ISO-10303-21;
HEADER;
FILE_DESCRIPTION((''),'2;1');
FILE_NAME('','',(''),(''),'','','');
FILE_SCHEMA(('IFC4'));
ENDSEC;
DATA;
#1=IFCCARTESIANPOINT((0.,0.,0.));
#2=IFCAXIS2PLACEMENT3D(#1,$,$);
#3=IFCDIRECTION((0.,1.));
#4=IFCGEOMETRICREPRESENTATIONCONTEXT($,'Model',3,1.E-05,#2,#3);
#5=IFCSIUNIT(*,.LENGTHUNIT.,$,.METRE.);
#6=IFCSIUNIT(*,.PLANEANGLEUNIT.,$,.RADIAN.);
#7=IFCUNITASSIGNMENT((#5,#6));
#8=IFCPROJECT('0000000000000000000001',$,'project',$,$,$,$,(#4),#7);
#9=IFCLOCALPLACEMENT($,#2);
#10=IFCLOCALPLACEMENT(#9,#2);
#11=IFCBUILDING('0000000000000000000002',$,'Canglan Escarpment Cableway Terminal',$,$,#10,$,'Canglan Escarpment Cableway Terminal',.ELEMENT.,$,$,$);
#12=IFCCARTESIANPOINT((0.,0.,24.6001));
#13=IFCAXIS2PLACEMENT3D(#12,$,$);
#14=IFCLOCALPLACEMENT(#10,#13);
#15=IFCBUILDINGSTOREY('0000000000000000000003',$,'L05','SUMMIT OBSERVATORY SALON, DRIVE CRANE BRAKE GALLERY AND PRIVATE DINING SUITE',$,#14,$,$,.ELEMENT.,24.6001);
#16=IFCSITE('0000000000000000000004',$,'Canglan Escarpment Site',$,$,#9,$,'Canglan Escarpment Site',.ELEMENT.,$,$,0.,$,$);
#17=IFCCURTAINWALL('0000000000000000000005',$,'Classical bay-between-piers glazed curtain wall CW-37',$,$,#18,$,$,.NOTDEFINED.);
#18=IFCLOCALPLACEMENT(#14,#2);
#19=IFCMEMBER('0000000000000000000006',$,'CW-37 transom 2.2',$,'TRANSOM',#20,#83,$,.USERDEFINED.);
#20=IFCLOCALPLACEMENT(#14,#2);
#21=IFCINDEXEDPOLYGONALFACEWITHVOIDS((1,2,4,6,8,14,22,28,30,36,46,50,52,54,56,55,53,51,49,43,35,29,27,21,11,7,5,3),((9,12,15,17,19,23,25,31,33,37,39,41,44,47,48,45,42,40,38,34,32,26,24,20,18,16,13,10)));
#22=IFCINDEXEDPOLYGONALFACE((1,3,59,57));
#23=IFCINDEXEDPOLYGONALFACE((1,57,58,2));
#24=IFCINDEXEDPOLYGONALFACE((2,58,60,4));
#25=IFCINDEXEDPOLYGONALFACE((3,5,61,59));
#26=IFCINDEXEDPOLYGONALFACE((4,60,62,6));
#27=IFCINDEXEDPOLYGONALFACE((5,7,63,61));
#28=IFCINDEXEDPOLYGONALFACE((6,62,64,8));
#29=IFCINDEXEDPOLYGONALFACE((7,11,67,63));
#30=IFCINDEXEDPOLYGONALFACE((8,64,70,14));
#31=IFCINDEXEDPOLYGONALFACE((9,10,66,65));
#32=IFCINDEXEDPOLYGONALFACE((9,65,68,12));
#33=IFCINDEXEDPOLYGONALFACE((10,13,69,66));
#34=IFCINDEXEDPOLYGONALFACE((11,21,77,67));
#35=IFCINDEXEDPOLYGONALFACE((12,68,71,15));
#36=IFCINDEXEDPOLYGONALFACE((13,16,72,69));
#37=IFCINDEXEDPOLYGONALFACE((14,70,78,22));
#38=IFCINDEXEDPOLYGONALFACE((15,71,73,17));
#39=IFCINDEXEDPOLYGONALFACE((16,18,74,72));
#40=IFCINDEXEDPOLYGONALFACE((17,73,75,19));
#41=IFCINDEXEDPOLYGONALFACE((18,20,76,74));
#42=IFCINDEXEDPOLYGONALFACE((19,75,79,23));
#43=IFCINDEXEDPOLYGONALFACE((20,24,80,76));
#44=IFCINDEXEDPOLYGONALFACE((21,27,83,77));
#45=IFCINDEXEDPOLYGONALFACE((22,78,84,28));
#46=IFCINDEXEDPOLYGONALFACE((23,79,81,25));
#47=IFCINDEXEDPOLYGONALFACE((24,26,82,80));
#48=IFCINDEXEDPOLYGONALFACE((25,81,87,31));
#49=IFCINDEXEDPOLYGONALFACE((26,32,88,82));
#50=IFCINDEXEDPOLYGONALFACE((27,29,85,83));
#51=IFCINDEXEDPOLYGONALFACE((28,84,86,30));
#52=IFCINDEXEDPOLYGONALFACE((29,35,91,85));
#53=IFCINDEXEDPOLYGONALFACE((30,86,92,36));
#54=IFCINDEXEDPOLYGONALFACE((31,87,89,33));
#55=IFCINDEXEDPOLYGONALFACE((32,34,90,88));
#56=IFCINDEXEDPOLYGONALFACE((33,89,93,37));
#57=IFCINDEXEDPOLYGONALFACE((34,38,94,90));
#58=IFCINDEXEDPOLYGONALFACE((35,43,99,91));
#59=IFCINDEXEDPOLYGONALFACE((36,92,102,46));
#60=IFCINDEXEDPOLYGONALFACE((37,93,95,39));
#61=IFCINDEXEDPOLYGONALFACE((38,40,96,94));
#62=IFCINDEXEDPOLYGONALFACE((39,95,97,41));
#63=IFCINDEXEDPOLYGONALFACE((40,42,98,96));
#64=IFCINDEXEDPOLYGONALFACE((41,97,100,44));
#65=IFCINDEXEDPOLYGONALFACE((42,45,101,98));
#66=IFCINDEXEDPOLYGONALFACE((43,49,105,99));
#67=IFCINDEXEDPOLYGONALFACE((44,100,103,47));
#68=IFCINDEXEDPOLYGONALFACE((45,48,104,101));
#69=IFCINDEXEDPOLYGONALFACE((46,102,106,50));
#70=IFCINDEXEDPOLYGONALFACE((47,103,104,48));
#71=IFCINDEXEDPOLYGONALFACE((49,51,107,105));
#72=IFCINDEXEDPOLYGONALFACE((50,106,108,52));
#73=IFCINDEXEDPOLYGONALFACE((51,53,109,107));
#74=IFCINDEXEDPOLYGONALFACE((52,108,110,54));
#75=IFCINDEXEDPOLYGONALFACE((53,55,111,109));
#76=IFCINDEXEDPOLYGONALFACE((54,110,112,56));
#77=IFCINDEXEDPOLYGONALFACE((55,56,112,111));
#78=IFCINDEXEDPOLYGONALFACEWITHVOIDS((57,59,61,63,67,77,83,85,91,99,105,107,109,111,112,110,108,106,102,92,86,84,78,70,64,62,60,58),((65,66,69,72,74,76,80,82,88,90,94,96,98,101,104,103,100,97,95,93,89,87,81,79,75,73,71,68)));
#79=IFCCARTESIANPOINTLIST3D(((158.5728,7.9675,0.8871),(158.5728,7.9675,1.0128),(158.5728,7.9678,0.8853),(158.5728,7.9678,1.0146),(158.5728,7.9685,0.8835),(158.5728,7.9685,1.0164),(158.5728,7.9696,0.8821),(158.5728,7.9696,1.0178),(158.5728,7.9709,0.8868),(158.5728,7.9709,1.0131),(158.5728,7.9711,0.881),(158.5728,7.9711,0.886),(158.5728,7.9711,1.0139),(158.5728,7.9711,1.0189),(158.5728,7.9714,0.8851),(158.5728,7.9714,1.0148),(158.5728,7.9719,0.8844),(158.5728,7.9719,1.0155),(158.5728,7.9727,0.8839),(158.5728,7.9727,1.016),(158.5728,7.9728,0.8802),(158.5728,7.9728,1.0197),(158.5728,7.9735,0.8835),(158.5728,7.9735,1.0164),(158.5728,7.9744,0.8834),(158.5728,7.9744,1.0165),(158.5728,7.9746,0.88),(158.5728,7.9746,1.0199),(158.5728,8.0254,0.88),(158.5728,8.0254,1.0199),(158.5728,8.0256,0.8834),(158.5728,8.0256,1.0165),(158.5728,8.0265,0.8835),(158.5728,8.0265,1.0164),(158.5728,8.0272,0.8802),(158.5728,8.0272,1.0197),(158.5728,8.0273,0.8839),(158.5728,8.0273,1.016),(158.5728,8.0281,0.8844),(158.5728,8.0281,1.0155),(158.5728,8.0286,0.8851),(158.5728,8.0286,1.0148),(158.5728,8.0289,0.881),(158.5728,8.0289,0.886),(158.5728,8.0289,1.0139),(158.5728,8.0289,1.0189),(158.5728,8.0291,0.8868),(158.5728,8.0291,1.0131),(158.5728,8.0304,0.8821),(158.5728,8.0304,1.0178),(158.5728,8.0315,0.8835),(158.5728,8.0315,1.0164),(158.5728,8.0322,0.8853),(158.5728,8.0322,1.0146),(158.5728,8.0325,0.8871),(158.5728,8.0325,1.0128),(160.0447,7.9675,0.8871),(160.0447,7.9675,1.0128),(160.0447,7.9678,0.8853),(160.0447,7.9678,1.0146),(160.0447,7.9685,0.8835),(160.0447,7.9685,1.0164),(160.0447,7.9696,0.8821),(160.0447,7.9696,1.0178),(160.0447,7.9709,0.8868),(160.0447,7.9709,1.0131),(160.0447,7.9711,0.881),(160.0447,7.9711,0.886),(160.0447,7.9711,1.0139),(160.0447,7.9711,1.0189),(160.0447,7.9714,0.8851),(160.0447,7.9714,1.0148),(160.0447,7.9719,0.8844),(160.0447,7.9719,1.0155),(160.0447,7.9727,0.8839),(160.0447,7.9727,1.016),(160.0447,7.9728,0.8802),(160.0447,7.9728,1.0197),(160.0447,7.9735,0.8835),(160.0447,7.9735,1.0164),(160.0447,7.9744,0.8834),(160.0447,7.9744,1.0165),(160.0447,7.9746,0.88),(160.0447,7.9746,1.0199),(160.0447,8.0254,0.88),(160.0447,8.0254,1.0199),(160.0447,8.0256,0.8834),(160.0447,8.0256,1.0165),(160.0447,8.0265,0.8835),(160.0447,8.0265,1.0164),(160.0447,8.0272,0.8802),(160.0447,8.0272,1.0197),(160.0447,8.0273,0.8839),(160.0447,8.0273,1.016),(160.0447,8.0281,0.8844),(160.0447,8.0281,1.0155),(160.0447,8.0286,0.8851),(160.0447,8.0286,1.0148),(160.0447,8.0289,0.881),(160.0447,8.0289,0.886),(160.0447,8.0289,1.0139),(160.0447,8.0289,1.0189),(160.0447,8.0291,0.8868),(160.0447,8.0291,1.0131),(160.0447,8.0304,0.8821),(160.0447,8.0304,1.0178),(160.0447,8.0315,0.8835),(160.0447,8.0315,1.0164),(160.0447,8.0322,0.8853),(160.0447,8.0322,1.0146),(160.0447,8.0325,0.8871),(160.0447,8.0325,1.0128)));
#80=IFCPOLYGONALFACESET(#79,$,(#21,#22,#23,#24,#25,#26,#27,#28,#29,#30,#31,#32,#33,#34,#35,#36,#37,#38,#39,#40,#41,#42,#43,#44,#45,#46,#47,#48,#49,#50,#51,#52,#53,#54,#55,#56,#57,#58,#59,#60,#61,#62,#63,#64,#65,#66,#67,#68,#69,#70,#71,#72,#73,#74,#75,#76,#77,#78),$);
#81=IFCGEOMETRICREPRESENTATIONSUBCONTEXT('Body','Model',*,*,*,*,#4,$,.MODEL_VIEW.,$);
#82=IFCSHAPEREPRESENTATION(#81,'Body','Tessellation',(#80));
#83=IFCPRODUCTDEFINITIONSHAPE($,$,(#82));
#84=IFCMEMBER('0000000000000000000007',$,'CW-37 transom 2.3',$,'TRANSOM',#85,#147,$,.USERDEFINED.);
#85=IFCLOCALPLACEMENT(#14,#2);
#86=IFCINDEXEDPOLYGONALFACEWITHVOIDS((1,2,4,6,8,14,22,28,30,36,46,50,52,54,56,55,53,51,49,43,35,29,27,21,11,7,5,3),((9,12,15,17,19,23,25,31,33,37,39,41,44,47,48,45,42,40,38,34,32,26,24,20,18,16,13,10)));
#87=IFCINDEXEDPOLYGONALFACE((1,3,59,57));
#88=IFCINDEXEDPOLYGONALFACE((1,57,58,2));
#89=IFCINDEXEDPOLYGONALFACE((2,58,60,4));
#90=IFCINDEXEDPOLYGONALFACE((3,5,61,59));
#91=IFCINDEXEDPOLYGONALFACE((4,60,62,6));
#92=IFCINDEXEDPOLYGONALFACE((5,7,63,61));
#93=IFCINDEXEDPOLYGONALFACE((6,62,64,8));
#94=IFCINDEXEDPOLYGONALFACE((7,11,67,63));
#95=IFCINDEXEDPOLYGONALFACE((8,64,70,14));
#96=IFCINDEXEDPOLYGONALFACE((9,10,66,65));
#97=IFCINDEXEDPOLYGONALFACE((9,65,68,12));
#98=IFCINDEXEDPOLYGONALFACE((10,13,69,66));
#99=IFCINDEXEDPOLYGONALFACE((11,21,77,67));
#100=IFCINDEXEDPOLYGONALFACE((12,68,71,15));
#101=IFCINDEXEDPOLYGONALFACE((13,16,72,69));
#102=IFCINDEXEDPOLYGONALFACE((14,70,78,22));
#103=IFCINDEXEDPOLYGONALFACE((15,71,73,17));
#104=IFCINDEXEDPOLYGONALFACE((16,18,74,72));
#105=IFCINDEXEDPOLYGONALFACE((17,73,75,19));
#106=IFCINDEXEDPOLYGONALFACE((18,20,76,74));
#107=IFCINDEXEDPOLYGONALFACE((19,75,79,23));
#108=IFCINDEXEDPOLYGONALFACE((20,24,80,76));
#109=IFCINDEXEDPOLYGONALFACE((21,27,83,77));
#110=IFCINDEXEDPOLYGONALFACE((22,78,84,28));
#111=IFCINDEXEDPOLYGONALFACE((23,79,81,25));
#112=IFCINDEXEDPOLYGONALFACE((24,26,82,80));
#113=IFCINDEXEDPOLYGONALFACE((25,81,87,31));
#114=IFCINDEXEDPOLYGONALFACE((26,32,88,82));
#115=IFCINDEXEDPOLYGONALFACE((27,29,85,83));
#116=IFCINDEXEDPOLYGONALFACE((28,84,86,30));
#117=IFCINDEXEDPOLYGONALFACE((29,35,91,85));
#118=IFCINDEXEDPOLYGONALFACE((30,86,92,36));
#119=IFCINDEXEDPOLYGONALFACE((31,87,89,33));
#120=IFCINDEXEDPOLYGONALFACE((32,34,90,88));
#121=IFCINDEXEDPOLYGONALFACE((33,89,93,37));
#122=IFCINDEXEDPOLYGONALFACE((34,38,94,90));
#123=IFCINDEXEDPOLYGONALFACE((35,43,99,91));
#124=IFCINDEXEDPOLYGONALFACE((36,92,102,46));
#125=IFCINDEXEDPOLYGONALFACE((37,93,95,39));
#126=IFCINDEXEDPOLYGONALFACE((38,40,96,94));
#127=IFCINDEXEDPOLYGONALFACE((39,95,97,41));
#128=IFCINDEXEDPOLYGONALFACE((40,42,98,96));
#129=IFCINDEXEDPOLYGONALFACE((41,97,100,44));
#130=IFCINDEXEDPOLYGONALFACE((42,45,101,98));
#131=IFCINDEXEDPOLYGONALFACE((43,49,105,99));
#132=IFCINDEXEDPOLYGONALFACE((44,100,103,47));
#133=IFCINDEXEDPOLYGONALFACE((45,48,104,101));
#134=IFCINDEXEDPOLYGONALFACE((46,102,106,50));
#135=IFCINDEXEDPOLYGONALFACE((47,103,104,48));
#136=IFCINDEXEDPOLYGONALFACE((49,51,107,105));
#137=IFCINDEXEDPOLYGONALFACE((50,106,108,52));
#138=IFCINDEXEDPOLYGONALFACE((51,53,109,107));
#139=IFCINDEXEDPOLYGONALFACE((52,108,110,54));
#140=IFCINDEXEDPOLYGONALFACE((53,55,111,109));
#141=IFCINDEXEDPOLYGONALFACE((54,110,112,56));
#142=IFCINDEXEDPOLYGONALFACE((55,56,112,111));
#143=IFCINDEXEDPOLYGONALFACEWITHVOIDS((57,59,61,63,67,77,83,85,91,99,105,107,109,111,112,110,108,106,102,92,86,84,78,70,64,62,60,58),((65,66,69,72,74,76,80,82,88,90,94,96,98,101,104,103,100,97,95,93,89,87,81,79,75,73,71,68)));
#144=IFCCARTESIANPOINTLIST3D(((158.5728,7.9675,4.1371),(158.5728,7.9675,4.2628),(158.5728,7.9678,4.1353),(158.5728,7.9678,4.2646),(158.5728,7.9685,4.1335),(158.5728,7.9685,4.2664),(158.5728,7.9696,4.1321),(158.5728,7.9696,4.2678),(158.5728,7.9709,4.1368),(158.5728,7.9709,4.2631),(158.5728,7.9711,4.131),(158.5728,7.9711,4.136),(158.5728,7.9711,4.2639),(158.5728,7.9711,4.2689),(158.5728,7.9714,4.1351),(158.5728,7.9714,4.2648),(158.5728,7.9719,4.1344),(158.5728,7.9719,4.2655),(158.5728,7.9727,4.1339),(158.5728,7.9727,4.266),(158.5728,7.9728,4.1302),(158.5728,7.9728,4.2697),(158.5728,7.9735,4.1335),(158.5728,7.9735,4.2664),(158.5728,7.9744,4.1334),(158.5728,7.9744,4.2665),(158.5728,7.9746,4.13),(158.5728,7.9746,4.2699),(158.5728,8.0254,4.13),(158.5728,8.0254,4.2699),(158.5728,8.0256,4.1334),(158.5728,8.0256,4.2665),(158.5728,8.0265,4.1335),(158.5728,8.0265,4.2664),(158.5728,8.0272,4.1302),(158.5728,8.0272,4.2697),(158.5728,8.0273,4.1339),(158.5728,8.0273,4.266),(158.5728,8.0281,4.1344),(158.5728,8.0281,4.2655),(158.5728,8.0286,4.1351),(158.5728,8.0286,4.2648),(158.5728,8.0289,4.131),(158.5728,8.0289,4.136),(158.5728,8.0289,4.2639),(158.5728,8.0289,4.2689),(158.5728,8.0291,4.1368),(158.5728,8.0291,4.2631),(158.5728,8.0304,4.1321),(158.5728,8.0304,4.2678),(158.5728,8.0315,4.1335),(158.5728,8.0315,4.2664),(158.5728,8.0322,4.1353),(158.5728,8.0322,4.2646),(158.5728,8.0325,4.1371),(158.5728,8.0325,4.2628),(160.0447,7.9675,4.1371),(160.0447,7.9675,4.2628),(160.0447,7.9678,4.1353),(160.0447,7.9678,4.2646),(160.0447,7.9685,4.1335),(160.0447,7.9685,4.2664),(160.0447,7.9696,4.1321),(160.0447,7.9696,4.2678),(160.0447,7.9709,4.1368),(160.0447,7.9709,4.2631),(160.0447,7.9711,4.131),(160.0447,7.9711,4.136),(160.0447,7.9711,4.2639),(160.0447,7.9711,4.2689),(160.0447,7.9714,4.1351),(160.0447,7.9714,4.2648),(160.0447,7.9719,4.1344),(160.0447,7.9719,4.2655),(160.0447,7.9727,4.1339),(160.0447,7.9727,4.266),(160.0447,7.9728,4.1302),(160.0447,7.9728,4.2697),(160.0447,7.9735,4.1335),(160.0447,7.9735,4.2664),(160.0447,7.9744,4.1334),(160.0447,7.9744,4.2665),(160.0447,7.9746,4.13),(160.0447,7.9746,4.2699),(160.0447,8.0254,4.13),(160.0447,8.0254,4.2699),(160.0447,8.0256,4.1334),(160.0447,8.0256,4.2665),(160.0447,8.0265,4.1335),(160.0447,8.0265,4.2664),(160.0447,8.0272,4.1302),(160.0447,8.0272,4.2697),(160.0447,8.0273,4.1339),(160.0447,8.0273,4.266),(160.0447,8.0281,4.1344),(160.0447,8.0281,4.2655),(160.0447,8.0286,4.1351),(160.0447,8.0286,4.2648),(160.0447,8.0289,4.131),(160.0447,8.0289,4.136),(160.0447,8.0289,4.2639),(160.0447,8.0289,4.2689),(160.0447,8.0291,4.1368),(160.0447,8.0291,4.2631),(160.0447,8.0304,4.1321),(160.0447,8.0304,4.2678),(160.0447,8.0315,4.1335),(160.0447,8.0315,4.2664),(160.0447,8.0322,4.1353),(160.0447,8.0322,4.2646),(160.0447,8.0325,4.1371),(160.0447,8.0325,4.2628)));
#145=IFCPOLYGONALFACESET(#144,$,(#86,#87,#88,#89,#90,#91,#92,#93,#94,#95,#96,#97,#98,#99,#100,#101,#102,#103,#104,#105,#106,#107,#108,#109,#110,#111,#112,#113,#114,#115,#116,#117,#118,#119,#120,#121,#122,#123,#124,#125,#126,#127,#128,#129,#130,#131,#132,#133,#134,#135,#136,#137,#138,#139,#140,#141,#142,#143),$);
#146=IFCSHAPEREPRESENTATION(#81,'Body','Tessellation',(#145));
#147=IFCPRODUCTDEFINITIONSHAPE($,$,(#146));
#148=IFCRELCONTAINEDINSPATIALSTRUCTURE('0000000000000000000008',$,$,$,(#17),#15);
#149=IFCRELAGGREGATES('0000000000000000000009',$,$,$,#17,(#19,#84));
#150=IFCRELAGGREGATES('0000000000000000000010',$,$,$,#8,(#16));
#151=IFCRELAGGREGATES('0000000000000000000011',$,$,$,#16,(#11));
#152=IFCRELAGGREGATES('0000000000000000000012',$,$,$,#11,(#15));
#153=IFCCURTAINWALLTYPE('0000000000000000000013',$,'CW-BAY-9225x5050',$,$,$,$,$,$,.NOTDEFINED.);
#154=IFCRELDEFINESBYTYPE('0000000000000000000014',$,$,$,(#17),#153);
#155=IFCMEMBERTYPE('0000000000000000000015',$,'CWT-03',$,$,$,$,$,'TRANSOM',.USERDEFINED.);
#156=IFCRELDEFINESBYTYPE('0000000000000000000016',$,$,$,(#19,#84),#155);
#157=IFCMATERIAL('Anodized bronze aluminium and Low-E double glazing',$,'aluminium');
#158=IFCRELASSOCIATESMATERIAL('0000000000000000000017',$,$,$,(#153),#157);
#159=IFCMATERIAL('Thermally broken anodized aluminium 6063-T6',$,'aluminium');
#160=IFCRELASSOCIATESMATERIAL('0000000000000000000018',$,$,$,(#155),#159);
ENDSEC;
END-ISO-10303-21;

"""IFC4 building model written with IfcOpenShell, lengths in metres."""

from ifc_helpers import new_model, si_unit, direction, frame, origin, origin_2d, place, context, subcontext, project, spatial, hollow_rectangle, extrude, material, material_profile, profile_set, type_object, element, aggregate, save


model = new_model("IFC4")

# Units and contexts
model_context = context("Model", 3, precision=1e-05, world=origin(), true_north=direction((0.0, 1.0)))
body_context = subcontext(model_context, "Body", "Model", "MODEL_VIEW")
ifc_project = project(units=[si_unit("LENGTHUNIT", "METRE"), si_unit("PLANEANGLEUNIT", "RADIAN")], contexts=[model_context])

# Site, building, storey
site_placement = place(None, origin())
site = spatial("IfcSite", under=ifc_project, at=site_placement, Name="Canglan Escarpment Site", LongName="Canglan Escarpment Site", CompositionType="ELEMENT", RefElevation=0.0)
building_placement = place(site_placement, origin())
building = spatial("IfcBuilding", under=site, at=building_placement, Name="Canglan Escarpment Cableway Terminal", LongName="Canglan Escarpment Cableway Terminal", CompositionType="ELEMENT")
storey_placement = place(building_placement, frame((0.0, 0.0, 24.6001)))
storey = spatial("IfcBuildingStorey", under=building, at=storey_placement, Name="L05", Description="SUMMIT OBSERVATORY SALON, DRIVE CRANE BRAKE GALLERY AND PRIVATE DINING SUITE", CompositionType="ELEMENT", Elevation=24.6001)

# Curtain wall
ifc_material_1 = material(Name="Anodized bronze aluminium and Low-E double glazing", Category="aluminium")
curtain_wall_type = type_object("IfcCurtainWallType", Name="CW-BAY-9225x5050", PredefinedType="NOTDEFINED", material=ifc_material_1)
ifc_material_2 = material(Name="Thermally broken anodized aluminium 6063-T6", Category="aluminium")
curtain_wall_1_placement = place(storey_placement, origin())
curtain_wall_1 = element("IfcCurtainWall", 1, at=curtain_wall_1_placement, inside=storey, type_object=curtain_wall_type, Name="Classical bay-between-piers glazed curtain wall CW-37", PredefinedType="NOTDEFINED")

# Members
ifc_material_profile_1 = material_profile(ifc_material_2, hollow_rectangle(XDim=0.0649, YDim=0.1399, WallThickness=0.0034, InnerFilletRadius=0.0034, OuterFilletRadius=0.0071, at=origin_2d()), Name="ALU-TRAN 65x140x3.5")
ifc_profile_set_1 = profile_set([ifc_material_profile_1], Name="Thermally broken anodized aluminium 6063-T6")
member_type_1 = type_object("IfcMemberType", Name="CWT-03", ElementType="TRANSOM", PredefinedType="USERDEFINED", material=ifc_profile_set_1)
member_1_placement = place(storey_placement, frame((158.5728, 8.0, 0.95), z_axis=(1.0, 0.0, 0.0), x_axis=(0.0, 1.0, 0.0)))
member_1 = element("IfcMember", 2, at=member_1_placement, type_object=member_type_1, Name="CW-37 transom 2.2", ObjectType="TRANSOM", PredefinedType="USERDEFINED", context=body_context, shape_type="SweptSolid", body=[
    extrude(hollow_rectangle(XDim=0.0649, YDim=0.1399, WallThickness=0.0034, InnerFilletRadius=0.0034, OuterFilletRadius=0.0071, at=origin_2d()), origin(), (0.0, 0.0, 1.0), 1.4719),
])
member_2_placement = place(storey_placement, frame((158.5728, 8.0, 4.2), z_axis=(1.0, 0.0, 0.0), x_axis=(0.0, 1.0, 0.0)))
member_2 = element("IfcMember", 3, at=member_2_placement, type_object=member_type_1, Name="CW-37 transom 2.3", ObjectType="TRANSOM", PredefinedType="USERDEFINED", context=body_context, shape_type="SweptSolid", body=[
    extrude(hollow_rectangle(XDim=0.0649, YDim=0.1399, WallThickness=0.0034, InnerFilletRadius=0.0034, OuterFilletRadius=0.0071, at=origin_2d()), origin(), (0.0, 0.0, 1.0), 1.4719),
])

aggregate(curtain_wall_1, [member_1, member_2])

save(model, "model.ifc")
